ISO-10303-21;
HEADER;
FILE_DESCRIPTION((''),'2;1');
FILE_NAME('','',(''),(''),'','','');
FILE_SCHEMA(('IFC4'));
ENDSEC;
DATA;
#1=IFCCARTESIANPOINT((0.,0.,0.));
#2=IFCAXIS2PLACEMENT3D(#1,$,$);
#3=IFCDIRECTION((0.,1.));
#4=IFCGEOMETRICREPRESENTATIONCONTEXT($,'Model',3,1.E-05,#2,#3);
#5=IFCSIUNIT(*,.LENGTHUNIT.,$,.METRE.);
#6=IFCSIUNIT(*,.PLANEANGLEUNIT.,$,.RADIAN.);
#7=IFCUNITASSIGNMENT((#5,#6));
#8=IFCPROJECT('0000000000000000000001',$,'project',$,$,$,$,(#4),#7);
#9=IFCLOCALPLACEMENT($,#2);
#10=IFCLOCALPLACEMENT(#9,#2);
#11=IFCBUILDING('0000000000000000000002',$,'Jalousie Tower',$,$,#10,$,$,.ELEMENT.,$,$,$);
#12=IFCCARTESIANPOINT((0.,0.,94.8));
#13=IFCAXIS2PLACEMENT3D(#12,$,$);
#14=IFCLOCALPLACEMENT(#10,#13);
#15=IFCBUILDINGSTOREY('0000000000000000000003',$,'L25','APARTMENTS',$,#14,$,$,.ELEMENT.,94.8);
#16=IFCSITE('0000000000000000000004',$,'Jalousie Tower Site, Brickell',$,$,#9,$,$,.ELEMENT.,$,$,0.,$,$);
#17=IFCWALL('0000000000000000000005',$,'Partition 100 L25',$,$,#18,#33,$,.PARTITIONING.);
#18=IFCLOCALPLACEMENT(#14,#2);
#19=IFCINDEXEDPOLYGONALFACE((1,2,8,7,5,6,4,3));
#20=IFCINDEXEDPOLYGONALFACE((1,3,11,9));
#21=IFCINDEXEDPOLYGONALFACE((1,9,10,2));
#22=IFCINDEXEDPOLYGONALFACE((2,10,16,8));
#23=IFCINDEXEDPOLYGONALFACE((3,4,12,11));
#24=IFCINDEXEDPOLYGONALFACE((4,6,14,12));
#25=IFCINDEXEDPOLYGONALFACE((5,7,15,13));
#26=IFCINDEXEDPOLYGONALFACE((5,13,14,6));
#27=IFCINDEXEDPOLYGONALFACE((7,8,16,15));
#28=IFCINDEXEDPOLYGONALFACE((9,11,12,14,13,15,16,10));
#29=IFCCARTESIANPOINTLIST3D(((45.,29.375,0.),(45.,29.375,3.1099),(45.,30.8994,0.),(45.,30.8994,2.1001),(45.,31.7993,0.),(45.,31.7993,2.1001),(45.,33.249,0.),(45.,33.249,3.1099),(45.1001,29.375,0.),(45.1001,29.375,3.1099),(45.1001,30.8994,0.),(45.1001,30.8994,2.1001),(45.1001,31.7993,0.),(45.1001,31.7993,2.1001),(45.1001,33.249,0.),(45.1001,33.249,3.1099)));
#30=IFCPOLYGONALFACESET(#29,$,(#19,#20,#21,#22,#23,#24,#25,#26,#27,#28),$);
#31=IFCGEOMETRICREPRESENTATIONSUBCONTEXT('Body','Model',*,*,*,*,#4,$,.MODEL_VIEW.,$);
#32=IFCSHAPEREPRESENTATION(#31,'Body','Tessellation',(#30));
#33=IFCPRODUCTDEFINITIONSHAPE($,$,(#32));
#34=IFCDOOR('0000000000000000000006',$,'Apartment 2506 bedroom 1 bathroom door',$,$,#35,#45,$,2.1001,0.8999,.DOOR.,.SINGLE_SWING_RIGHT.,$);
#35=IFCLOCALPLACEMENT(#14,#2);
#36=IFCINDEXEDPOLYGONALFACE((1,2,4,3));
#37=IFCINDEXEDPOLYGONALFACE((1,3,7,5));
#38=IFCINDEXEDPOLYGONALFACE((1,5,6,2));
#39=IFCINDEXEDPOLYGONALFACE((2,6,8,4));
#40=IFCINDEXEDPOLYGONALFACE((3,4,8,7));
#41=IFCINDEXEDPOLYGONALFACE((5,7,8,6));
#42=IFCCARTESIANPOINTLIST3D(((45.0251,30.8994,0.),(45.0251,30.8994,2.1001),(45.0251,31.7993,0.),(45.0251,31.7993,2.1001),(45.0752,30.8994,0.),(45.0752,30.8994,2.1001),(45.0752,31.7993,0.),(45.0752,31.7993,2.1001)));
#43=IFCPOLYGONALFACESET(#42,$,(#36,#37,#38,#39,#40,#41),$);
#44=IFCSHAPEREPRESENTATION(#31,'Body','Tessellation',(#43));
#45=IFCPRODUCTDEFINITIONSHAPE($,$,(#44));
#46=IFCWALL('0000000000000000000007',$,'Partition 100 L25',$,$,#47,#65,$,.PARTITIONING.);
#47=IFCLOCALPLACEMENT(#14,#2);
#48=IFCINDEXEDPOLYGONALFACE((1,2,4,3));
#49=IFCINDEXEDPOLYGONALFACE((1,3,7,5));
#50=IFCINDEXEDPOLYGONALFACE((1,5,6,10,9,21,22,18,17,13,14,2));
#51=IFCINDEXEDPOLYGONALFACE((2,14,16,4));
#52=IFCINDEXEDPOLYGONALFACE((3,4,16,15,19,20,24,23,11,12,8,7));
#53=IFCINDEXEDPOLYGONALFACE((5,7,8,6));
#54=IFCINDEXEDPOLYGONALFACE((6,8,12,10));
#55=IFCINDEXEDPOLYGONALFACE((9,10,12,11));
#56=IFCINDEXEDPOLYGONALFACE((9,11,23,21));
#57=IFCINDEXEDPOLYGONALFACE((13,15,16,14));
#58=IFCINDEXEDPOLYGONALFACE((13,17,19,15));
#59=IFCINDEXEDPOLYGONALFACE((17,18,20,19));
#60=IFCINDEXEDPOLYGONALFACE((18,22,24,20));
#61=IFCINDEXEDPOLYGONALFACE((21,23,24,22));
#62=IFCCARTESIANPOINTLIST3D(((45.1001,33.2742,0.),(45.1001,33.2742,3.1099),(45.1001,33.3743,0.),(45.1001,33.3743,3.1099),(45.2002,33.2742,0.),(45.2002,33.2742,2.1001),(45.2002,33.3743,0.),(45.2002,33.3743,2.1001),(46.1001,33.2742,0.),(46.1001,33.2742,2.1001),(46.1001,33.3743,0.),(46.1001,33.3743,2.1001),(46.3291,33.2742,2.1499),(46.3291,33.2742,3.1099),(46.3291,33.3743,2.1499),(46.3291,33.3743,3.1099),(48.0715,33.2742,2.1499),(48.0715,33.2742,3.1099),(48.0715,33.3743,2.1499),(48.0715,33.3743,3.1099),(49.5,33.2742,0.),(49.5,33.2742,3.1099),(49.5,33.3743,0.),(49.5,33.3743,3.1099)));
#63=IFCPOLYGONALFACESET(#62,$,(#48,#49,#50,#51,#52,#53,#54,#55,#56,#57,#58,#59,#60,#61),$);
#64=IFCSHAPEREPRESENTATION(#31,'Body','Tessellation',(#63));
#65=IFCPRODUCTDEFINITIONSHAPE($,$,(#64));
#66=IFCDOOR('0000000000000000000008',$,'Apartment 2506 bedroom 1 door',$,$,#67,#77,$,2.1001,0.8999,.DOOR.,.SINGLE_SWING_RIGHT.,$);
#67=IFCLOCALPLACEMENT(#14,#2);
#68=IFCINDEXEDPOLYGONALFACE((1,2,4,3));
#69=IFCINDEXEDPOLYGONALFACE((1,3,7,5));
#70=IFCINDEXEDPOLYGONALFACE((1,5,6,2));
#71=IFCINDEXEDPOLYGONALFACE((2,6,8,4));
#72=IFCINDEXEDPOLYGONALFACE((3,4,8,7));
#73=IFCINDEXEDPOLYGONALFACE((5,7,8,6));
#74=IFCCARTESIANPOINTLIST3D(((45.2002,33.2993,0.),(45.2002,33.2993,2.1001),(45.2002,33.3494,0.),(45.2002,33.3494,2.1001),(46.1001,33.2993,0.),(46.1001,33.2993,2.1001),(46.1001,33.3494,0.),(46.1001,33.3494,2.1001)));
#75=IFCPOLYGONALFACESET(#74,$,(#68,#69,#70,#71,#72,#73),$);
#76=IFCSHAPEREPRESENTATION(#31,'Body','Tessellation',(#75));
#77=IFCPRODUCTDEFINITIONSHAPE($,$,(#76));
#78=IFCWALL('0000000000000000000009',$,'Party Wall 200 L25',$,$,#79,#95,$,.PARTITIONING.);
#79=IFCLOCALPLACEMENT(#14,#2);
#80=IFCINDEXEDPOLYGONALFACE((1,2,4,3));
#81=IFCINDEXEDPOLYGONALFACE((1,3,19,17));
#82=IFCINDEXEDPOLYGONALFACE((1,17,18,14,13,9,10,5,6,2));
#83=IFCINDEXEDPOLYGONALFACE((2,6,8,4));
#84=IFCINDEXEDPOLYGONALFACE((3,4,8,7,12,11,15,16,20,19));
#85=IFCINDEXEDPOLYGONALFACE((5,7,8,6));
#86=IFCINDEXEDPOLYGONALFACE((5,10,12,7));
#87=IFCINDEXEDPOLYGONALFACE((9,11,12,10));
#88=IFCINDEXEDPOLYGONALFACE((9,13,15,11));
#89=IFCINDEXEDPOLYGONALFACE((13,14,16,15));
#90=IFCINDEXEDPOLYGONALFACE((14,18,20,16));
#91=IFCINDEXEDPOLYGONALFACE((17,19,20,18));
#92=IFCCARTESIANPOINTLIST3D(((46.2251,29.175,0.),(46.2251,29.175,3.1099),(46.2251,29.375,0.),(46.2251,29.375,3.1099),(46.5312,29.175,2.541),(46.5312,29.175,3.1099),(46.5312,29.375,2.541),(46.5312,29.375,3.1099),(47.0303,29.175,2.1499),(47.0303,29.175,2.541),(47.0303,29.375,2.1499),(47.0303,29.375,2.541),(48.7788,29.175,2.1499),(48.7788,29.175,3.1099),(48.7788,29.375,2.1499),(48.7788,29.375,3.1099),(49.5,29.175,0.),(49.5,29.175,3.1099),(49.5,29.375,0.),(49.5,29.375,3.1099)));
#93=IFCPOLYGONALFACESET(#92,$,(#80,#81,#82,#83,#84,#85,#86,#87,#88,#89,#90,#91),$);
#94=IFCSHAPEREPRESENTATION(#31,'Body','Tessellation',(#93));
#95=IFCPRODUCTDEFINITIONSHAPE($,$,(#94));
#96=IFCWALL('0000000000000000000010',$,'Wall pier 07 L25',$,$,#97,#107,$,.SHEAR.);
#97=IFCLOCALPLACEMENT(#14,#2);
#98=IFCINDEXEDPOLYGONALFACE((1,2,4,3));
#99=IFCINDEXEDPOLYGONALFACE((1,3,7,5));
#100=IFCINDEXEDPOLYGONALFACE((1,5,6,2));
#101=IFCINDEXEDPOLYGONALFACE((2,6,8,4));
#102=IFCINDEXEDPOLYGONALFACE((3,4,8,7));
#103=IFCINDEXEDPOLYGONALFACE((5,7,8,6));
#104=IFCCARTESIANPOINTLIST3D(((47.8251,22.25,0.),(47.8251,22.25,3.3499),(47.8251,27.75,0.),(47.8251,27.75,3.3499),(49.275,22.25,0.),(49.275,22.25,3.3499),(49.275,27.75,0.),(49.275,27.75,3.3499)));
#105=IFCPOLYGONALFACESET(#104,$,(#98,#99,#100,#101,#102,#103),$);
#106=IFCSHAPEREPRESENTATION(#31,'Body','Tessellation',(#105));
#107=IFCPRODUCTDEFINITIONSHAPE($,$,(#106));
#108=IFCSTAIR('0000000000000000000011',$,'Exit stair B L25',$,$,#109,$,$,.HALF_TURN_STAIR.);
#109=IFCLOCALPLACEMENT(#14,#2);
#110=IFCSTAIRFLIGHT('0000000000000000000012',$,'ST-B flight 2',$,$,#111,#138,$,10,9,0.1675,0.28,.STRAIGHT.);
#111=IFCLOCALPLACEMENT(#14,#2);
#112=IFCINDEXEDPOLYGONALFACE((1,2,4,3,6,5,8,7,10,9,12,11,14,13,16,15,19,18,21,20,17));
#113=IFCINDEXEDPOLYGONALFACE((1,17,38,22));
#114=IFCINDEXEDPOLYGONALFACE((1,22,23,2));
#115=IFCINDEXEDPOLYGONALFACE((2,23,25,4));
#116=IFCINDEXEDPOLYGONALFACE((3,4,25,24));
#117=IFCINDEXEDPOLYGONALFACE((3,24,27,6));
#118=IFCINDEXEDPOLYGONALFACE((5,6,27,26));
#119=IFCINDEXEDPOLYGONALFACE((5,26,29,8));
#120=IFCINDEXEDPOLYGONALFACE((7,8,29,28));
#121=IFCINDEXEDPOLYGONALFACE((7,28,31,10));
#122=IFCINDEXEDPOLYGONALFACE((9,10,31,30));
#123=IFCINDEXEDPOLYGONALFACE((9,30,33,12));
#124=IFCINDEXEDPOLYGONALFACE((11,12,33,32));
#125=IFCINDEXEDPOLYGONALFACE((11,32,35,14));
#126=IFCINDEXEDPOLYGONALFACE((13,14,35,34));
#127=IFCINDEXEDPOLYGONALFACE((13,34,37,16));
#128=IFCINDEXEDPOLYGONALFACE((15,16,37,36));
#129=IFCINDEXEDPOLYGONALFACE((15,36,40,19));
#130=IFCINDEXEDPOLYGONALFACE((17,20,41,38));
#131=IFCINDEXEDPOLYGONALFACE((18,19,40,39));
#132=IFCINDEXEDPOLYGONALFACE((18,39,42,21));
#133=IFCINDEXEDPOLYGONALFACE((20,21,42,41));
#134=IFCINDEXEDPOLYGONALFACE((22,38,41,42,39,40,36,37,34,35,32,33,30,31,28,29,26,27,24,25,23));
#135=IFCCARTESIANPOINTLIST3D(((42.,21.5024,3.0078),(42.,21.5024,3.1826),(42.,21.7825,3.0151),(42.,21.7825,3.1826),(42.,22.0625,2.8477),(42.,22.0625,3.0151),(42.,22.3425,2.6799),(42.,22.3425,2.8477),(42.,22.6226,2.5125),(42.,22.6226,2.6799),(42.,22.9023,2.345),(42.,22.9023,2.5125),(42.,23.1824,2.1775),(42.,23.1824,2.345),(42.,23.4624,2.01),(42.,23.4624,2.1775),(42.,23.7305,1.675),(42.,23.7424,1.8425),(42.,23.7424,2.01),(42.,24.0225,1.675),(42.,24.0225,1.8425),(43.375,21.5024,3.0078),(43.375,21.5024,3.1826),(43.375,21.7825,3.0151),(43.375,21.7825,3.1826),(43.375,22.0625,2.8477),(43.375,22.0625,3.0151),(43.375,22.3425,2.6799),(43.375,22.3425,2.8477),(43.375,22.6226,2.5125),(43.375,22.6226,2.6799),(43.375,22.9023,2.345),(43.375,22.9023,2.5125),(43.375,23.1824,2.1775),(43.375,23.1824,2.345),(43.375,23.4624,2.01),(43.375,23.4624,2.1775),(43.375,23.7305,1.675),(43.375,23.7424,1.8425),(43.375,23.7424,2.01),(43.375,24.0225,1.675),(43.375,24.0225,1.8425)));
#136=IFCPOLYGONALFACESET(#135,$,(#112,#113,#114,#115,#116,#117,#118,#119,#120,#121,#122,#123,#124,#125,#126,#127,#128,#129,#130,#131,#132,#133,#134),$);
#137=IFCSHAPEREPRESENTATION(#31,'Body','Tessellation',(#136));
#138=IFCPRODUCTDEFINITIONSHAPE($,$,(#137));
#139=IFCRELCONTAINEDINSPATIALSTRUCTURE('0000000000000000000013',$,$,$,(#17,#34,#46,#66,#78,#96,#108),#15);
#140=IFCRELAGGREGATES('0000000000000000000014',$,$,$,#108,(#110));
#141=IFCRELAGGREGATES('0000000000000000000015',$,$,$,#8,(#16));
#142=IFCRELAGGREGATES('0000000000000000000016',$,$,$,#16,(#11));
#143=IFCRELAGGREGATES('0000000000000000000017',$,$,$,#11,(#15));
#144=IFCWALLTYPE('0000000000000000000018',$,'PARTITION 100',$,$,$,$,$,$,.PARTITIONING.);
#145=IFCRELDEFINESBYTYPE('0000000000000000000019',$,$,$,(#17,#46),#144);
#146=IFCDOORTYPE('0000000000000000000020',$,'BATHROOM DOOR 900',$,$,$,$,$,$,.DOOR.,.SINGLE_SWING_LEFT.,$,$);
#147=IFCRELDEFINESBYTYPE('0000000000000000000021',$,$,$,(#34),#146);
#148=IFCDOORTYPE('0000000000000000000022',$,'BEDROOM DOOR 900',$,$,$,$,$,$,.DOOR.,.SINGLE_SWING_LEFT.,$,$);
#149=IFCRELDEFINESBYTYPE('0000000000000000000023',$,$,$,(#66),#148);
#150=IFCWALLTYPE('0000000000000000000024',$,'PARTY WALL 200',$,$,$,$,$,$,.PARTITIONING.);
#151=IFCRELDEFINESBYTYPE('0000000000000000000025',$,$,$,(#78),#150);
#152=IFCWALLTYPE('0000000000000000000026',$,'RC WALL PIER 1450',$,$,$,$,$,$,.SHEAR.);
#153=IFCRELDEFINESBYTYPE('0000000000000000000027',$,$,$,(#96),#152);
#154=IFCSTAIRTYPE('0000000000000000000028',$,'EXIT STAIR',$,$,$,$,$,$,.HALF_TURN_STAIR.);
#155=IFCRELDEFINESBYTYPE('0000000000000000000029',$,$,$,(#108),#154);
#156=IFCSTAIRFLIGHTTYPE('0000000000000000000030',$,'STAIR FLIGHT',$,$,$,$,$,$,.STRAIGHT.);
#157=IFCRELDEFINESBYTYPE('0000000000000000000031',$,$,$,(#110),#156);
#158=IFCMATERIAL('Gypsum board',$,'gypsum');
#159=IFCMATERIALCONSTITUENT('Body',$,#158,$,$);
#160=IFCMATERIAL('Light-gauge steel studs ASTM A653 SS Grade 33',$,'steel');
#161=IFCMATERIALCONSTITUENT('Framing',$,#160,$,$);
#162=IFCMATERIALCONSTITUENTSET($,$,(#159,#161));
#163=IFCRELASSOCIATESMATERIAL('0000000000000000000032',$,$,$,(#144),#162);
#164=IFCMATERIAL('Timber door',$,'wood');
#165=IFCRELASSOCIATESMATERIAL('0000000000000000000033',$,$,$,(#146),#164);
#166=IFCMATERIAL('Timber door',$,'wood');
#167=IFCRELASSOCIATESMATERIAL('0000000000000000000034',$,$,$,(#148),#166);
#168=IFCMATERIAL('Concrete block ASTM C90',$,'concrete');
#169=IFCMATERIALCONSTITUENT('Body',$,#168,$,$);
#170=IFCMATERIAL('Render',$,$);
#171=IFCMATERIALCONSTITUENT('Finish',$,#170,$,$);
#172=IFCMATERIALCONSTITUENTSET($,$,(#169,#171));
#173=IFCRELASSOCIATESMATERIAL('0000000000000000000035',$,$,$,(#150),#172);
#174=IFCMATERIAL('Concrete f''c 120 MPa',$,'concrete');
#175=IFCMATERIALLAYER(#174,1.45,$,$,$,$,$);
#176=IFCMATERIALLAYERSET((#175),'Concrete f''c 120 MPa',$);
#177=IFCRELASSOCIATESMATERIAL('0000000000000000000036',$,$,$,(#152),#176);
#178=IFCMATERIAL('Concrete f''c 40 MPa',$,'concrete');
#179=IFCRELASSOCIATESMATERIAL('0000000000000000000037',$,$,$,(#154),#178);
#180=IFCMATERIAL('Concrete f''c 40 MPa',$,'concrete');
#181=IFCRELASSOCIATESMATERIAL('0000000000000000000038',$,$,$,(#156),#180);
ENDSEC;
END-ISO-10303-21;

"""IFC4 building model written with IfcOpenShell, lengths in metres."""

from ifc_helpers import new_model, si_unit, direction, frame, frame_2d, origin, place, context, subcontext, project, spatial, polyline, rectangle, outline, extrude, material, layer, layer_set, constituent, constituent_set, type_object, element, fill, aggregate, save


model = new_model("IFC4")

# Units and contexts
model_context = context("Model", 3, precision=1e-05, world=origin(), true_north=direction((0.0, 1.0)))
body_context = subcontext(model_context, "Body", "Model", "MODEL_VIEW")
ifc_project = project(units=[si_unit("LENGTHUNIT", "METRE"), si_unit("PLANEANGLEUNIT", "RADIAN")], contexts=[model_context])

# Site, building, storey
site_placement = place(None, origin())
site = spatial("IfcSite", under=ifc_project, at=site_placement, Name="Jalousie Tower Site, Brickell", CompositionType="ELEMENT", RefElevation=0.0)
building_placement = place(site_placement, origin())
building = spatial("IfcBuilding", under=site, at=building_placement, Name="Jalousie Tower", CompositionType="ELEMENT")
storey_placement = place(building_placement, frame((0.0, 0.0, 94.8)))
storey = spatial("IfcBuildingStorey", under=building, at=storey_placement, Name="L25", Description="APARTMENTS", CompositionType="ELEMENT", Elevation=94.8)

# Walls, openings, doors
ifc_material_1 = material(Name="Gypsum board", Category="gypsum")
ifc_constituent_1 = constituent(ifc_material_1, Name="Body")
ifc_material_2 = material(Name="Light-gauge steel studs ASTM A653 SS Grade 33", Category="steel")
ifc_constituent_2 = constituent(ifc_material_2, Name="Framing")
ifc_constituent_set_1 = constituent_set(constituents=[ifc_constituent_1, ifc_constituent_2])
wall_type_1 = type_object("IfcWallType", Name="PARTITION 100", PredefinedType="PARTITIONING", material=ifc_constituent_set_1)
wall_1_placement = place(storey_placement, frame((45.05, 33.249, 0.0), z_axis=(0.0, 0.0, 1.0), x_axis=(0.0, -1.0, 0.0)))
wall_1 = element("IfcWall", 1, at=wall_1_placement, inside=storey, type_object=wall_type_1, Name="Partition 100 L25", PredefinedType="PARTITIONING", context=body_context, shape_type="SweptSolid", body=[
    extrude(rectangle(XDim=3.874, YDim=0.1001, at=frame_2d((1.937, 0.0))), origin(), (0.0, 0.0, 1.0), 3.1099),
])
opening_1_placement = place(wall_1_placement, frame((1.4497, 0.0, 0.0)))
opening_1 = element("IfcOpeningElement", 2, at=opening_1_placement, cuts=wall_1, PredefinedType="OPENING", context=body_context, shape_type="SweptSolid", body=[
    extrude(rectangle(XDim=0.8999, YDim=2.1001, at=frame_2d((0.45, 1.05))), frame((0.0, 0.0601, 0.0), z_axis=(0.0, -1.0, 0.0), x_axis=(1.0, 0.0, 0.0)), (0.0, 0.0, 1.0), 0.1201),
])
ifc_material_3 = material(Name="Timber door", Category="wood")
door_type_1 = type_object("IfcDoorType", Name="BATHROOM DOOR 900", OperationType="SINGLE_SWING_LEFT", PredefinedType="DOOR", material=ifc_material_3)
door_1_placement = place(opening_1_placement, frame((0.8999, 0.0, 0.0), z_axis=(0.0, 0.0, 1.0), x_axis=(-1.0, 0.0, 0.0)))
door_1 = element("IfcDoor", 3, at=door_1_placement, inside=storey, type_object=door_type_1, Name="Apartment 2506 bedroom 1 bathroom door", OperationType="SINGLE_SWING_RIGHT", OverallHeight=2.1001, OverallWidth=0.8999, PredefinedType="DOOR", context=body_context, shape_type="SweptSolid", body=[
    extrude(rectangle(XDim=0.8999, YDim=2.1001, at=frame_2d((0.45, 1.05))), frame((0.0, 0.0249, 0.0), z_axis=(0.0, -1.0, 0.0), x_axis=(1.0, 0.0, 0.0)), (0.0, 0.0, 1.0), 0.05),
])
fill(opening_1, door_1)
wall_2_placement = place(storey_placement, frame((45.1001, 33.3242, 0.0), z_axis=(0.0, 0.0, 1.0), x_axis=(1.0, 0.0, 0.0)))
wall_2 = element("IfcWall", 4, at=wall_2_placement, inside=storey, type_object=wall_type_1, Name="Partition 100 L25", PredefinedType="PARTITIONING", context=body_context, shape_type="SweptSolid", body=[
    extrude(outline(polyline([(0.0, 0.0), (4.3999, 0.0), (4.3999, 3.1099), (2.9714, 3.1099), (2.9714, 2.1499), (1.229, 2.1499), (1.229, 3.1099), (0.0, 3.1099), (0.0, 0.0)])), frame((0.0, 0.05, 0.0), z_axis=(0.0, -1.0, 0.0), x_axis=(1.0, 0.0, 0.0)), (0.0, 0.0, 1.0), 0.1001),
])
opening_2_placement = place(wall_2_placement, frame((0.1001, 0.0, 0.0)))
opening_2 = element("IfcOpeningElement", 5, at=opening_2_placement, cuts=wall_2, PredefinedType="OPENING", context=body_context, shape_type="SweptSolid", body=[
    extrude(rectangle(XDim=0.8999, YDim=2.1001, at=frame_2d((0.45, 1.05))), frame((0.0, 0.0601, 0.0), z_axis=(0.0, -1.0, 0.0), x_axis=(1.0, 0.0, 0.0)), (0.0, 0.0, 1.0), 0.1201),
])
ifc_material_4 = material(Name="Timber door", Category="wood")
door_type_2 = type_object("IfcDoorType", Name="BEDROOM DOOR 900", OperationType="SINGLE_SWING_LEFT", PredefinedType="DOOR", material=ifc_material_4)
door_2_placement = place(opening_2_placement, frame((0.8999, 0.0, 0.0), z_axis=(0.0, 0.0, 1.0), x_axis=(-1.0, 0.0, 0.0)))
door_2 = element("IfcDoor", 6, at=door_2_placement, inside=storey, type_object=door_type_2, Name="Apartment 2506 bedroom 1 door", OperationType="SINGLE_SWING_RIGHT", OverallHeight=2.1001, OverallWidth=0.8999, PredefinedType="DOOR", context=body_context, shape_type="SweptSolid", body=[
    extrude(rectangle(XDim=0.8999, YDim=2.1001, at=frame_2d((0.45, 1.05))), frame((0.0, 0.0249, 0.0), z_axis=(0.0, -1.0, 0.0), x_axis=(1.0, 0.0, 0.0)), (0.0, 0.0, 1.0), 0.05),
])
fill(opening_2, door_2)

# Walls
ifc_material_5 = material(Name="Concrete block ASTM C90", Category="concrete")
ifc_constituent_3 = constituent(ifc_material_5, Name="Body")
ifc_material_6 = material(Name="Render")
ifc_constituent_4 = constituent(ifc_material_6, Name="Finish")
ifc_constituent_set_2 = constituent_set(constituents=[ifc_constituent_3, ifc_constituent_4])
wall_type_2 = type_object("IfcWallType", Name="PARTY WALL 200", PredefinedType="PARTITIONING", material=ifc_constituent_set_2)
wall_3_placement = place(storey_placement, frame((46.2251, 29.2749, 0.0), z_axis=(0.0, 0.0, 1.0), x_axis=(1.0, 0.0, 0.0)))
element("IfcWall", 7, at=wall_3_placement, inside=storey, type_object=wall_type_2, Name="Party Wall 200 L25", PredefinedType="PARTITIONING", context=body_context, shape_type="SweptSolid", body=[
    extrude(outline(polyline([(0.0, 0.0), (3.2749, 0.0), (3.2749, 3.1099), (2.5537, 3.1099), (2.5537, 2.1499), (0.8052, 2.1499), (0.8052, 2.541), (0.3062, 2.541), (0.3062, 3.1099), (0.0, 3.1099), (0.0, 0.0)])), frame((0.0, 0.1001, 0.0), z_axis=(0.0, -1.0, 0.0), x_axis=(1.0, 0.0, 0.0)), (0.0, 0.0, 1.0), 0.2),
])
ifc_material_7 = material(Name="Concrete f'c 120 MPa", Category="concrete")
ifc_layer_1 = layer(ifc_material_7, 1.45)
ifc_layer_set_1 = layer_set([ifc_layer_1], Name="Concrete f'c 120 MPa")
wall_type_3 = type_object("IfcWallType", Name="RC WALL PIER 1450", PredefinedType="SHEAR", material=ifc_layer_set_1)
wall_4_placement = place(storey_placement, frame((48.55, 22.25, 0.0), z_axis=(0.0, 0.0, 1.0), x_axis=(0.0, 1.0, 0.0)))
element("IfcWall", 8, at=wall_4_placement, inside=storey, type_object=wall_type_3, Name="Wall pier 07 L25", PredefinedType="SHEAR", context=body_context, shape_type="SweptSolid", body=[
    extrude(rectangle(XDim=5.5, YDim=1.45, at=frame_2d((2.75, 0.0))), origin(), (0.0, 0.0, 1.0), 3.3499),
])

# Stair, stair flight
ifc_material_8 = material(Name="Concrete f'c 40 MPa", Category="concrete")
stair_type = type_object("IfcStairType", Name="EXIT STAIR", PredefinedType="HALF_TURN_STAIR", material=ifc_material_8)
stair_placement = place(storey_placement, origin())
stair = element("IfcStair", 9, at=stair_placement, inside=storey, type_object=stair_type, Name="Exit stair B L25", PredefinedType="HALF_TURN_STAIR")
ifc_material_9 = material(Name="Concrete f'c 40 MPa", Category="concrete")
stair_flight_type = type_object("IfcStairFlightType", Name="STAIR FLIGHT", PredefinedType="STRAIGHT", material=ifc_material_9)
stair_flight_placement = place(storey_placement, frame((42.6875, 24.0225, 1.675), z_axis=(0.0, 0.0, 1.0), x_axis=(0.0, -1.0, 0.0)))
stair_flight = element("IfcStairFlight", 10, at=stair_flight_placement, type_object=stair_flight_type, Name="ST-B flight 2", NumberOfRisers=10, NumberOfTreads=9, PredefinedType="STRAIGHT", RiserHeight=0.1675, TreadLength=0.28, context=body_context, shape_type="SweptSolid", body=[
    extrude(outline(polyline([(0.0, 0.0), (0.0, 0.1675), (0.28, 0.1675), (0.28, 0.335), (0.5601, 0.335), (0.5601, 0.5024), (0.8401, 0.5024), (0.8401, 0.6699), (1.1201, 0.6699), (1.1201, 0.8374), (1.3999, 0.8374), (1.3999, 1.0049), (1.6799, 1.0049), (1.6799, 1.1726), (1.96, 1.1726), (1.96, 1.3401), (2.24, 1.3401), (2.24, 1.5076), (2.52, 1.5076), (2.52, 1.675), (2.52, 1.3328), (0.292, 0.0), (0.0, 0.0)])), frame((0.0, 0.6875, 0.0), z_axis=(0.0, -1.0, 0.0), x_axis=(1.0, 0.0, 0.0)), (0.0, 0.0, 1.0), 1.375),
])
aggregate(stair, [stair_flight])

save(model, "model.ifc")
